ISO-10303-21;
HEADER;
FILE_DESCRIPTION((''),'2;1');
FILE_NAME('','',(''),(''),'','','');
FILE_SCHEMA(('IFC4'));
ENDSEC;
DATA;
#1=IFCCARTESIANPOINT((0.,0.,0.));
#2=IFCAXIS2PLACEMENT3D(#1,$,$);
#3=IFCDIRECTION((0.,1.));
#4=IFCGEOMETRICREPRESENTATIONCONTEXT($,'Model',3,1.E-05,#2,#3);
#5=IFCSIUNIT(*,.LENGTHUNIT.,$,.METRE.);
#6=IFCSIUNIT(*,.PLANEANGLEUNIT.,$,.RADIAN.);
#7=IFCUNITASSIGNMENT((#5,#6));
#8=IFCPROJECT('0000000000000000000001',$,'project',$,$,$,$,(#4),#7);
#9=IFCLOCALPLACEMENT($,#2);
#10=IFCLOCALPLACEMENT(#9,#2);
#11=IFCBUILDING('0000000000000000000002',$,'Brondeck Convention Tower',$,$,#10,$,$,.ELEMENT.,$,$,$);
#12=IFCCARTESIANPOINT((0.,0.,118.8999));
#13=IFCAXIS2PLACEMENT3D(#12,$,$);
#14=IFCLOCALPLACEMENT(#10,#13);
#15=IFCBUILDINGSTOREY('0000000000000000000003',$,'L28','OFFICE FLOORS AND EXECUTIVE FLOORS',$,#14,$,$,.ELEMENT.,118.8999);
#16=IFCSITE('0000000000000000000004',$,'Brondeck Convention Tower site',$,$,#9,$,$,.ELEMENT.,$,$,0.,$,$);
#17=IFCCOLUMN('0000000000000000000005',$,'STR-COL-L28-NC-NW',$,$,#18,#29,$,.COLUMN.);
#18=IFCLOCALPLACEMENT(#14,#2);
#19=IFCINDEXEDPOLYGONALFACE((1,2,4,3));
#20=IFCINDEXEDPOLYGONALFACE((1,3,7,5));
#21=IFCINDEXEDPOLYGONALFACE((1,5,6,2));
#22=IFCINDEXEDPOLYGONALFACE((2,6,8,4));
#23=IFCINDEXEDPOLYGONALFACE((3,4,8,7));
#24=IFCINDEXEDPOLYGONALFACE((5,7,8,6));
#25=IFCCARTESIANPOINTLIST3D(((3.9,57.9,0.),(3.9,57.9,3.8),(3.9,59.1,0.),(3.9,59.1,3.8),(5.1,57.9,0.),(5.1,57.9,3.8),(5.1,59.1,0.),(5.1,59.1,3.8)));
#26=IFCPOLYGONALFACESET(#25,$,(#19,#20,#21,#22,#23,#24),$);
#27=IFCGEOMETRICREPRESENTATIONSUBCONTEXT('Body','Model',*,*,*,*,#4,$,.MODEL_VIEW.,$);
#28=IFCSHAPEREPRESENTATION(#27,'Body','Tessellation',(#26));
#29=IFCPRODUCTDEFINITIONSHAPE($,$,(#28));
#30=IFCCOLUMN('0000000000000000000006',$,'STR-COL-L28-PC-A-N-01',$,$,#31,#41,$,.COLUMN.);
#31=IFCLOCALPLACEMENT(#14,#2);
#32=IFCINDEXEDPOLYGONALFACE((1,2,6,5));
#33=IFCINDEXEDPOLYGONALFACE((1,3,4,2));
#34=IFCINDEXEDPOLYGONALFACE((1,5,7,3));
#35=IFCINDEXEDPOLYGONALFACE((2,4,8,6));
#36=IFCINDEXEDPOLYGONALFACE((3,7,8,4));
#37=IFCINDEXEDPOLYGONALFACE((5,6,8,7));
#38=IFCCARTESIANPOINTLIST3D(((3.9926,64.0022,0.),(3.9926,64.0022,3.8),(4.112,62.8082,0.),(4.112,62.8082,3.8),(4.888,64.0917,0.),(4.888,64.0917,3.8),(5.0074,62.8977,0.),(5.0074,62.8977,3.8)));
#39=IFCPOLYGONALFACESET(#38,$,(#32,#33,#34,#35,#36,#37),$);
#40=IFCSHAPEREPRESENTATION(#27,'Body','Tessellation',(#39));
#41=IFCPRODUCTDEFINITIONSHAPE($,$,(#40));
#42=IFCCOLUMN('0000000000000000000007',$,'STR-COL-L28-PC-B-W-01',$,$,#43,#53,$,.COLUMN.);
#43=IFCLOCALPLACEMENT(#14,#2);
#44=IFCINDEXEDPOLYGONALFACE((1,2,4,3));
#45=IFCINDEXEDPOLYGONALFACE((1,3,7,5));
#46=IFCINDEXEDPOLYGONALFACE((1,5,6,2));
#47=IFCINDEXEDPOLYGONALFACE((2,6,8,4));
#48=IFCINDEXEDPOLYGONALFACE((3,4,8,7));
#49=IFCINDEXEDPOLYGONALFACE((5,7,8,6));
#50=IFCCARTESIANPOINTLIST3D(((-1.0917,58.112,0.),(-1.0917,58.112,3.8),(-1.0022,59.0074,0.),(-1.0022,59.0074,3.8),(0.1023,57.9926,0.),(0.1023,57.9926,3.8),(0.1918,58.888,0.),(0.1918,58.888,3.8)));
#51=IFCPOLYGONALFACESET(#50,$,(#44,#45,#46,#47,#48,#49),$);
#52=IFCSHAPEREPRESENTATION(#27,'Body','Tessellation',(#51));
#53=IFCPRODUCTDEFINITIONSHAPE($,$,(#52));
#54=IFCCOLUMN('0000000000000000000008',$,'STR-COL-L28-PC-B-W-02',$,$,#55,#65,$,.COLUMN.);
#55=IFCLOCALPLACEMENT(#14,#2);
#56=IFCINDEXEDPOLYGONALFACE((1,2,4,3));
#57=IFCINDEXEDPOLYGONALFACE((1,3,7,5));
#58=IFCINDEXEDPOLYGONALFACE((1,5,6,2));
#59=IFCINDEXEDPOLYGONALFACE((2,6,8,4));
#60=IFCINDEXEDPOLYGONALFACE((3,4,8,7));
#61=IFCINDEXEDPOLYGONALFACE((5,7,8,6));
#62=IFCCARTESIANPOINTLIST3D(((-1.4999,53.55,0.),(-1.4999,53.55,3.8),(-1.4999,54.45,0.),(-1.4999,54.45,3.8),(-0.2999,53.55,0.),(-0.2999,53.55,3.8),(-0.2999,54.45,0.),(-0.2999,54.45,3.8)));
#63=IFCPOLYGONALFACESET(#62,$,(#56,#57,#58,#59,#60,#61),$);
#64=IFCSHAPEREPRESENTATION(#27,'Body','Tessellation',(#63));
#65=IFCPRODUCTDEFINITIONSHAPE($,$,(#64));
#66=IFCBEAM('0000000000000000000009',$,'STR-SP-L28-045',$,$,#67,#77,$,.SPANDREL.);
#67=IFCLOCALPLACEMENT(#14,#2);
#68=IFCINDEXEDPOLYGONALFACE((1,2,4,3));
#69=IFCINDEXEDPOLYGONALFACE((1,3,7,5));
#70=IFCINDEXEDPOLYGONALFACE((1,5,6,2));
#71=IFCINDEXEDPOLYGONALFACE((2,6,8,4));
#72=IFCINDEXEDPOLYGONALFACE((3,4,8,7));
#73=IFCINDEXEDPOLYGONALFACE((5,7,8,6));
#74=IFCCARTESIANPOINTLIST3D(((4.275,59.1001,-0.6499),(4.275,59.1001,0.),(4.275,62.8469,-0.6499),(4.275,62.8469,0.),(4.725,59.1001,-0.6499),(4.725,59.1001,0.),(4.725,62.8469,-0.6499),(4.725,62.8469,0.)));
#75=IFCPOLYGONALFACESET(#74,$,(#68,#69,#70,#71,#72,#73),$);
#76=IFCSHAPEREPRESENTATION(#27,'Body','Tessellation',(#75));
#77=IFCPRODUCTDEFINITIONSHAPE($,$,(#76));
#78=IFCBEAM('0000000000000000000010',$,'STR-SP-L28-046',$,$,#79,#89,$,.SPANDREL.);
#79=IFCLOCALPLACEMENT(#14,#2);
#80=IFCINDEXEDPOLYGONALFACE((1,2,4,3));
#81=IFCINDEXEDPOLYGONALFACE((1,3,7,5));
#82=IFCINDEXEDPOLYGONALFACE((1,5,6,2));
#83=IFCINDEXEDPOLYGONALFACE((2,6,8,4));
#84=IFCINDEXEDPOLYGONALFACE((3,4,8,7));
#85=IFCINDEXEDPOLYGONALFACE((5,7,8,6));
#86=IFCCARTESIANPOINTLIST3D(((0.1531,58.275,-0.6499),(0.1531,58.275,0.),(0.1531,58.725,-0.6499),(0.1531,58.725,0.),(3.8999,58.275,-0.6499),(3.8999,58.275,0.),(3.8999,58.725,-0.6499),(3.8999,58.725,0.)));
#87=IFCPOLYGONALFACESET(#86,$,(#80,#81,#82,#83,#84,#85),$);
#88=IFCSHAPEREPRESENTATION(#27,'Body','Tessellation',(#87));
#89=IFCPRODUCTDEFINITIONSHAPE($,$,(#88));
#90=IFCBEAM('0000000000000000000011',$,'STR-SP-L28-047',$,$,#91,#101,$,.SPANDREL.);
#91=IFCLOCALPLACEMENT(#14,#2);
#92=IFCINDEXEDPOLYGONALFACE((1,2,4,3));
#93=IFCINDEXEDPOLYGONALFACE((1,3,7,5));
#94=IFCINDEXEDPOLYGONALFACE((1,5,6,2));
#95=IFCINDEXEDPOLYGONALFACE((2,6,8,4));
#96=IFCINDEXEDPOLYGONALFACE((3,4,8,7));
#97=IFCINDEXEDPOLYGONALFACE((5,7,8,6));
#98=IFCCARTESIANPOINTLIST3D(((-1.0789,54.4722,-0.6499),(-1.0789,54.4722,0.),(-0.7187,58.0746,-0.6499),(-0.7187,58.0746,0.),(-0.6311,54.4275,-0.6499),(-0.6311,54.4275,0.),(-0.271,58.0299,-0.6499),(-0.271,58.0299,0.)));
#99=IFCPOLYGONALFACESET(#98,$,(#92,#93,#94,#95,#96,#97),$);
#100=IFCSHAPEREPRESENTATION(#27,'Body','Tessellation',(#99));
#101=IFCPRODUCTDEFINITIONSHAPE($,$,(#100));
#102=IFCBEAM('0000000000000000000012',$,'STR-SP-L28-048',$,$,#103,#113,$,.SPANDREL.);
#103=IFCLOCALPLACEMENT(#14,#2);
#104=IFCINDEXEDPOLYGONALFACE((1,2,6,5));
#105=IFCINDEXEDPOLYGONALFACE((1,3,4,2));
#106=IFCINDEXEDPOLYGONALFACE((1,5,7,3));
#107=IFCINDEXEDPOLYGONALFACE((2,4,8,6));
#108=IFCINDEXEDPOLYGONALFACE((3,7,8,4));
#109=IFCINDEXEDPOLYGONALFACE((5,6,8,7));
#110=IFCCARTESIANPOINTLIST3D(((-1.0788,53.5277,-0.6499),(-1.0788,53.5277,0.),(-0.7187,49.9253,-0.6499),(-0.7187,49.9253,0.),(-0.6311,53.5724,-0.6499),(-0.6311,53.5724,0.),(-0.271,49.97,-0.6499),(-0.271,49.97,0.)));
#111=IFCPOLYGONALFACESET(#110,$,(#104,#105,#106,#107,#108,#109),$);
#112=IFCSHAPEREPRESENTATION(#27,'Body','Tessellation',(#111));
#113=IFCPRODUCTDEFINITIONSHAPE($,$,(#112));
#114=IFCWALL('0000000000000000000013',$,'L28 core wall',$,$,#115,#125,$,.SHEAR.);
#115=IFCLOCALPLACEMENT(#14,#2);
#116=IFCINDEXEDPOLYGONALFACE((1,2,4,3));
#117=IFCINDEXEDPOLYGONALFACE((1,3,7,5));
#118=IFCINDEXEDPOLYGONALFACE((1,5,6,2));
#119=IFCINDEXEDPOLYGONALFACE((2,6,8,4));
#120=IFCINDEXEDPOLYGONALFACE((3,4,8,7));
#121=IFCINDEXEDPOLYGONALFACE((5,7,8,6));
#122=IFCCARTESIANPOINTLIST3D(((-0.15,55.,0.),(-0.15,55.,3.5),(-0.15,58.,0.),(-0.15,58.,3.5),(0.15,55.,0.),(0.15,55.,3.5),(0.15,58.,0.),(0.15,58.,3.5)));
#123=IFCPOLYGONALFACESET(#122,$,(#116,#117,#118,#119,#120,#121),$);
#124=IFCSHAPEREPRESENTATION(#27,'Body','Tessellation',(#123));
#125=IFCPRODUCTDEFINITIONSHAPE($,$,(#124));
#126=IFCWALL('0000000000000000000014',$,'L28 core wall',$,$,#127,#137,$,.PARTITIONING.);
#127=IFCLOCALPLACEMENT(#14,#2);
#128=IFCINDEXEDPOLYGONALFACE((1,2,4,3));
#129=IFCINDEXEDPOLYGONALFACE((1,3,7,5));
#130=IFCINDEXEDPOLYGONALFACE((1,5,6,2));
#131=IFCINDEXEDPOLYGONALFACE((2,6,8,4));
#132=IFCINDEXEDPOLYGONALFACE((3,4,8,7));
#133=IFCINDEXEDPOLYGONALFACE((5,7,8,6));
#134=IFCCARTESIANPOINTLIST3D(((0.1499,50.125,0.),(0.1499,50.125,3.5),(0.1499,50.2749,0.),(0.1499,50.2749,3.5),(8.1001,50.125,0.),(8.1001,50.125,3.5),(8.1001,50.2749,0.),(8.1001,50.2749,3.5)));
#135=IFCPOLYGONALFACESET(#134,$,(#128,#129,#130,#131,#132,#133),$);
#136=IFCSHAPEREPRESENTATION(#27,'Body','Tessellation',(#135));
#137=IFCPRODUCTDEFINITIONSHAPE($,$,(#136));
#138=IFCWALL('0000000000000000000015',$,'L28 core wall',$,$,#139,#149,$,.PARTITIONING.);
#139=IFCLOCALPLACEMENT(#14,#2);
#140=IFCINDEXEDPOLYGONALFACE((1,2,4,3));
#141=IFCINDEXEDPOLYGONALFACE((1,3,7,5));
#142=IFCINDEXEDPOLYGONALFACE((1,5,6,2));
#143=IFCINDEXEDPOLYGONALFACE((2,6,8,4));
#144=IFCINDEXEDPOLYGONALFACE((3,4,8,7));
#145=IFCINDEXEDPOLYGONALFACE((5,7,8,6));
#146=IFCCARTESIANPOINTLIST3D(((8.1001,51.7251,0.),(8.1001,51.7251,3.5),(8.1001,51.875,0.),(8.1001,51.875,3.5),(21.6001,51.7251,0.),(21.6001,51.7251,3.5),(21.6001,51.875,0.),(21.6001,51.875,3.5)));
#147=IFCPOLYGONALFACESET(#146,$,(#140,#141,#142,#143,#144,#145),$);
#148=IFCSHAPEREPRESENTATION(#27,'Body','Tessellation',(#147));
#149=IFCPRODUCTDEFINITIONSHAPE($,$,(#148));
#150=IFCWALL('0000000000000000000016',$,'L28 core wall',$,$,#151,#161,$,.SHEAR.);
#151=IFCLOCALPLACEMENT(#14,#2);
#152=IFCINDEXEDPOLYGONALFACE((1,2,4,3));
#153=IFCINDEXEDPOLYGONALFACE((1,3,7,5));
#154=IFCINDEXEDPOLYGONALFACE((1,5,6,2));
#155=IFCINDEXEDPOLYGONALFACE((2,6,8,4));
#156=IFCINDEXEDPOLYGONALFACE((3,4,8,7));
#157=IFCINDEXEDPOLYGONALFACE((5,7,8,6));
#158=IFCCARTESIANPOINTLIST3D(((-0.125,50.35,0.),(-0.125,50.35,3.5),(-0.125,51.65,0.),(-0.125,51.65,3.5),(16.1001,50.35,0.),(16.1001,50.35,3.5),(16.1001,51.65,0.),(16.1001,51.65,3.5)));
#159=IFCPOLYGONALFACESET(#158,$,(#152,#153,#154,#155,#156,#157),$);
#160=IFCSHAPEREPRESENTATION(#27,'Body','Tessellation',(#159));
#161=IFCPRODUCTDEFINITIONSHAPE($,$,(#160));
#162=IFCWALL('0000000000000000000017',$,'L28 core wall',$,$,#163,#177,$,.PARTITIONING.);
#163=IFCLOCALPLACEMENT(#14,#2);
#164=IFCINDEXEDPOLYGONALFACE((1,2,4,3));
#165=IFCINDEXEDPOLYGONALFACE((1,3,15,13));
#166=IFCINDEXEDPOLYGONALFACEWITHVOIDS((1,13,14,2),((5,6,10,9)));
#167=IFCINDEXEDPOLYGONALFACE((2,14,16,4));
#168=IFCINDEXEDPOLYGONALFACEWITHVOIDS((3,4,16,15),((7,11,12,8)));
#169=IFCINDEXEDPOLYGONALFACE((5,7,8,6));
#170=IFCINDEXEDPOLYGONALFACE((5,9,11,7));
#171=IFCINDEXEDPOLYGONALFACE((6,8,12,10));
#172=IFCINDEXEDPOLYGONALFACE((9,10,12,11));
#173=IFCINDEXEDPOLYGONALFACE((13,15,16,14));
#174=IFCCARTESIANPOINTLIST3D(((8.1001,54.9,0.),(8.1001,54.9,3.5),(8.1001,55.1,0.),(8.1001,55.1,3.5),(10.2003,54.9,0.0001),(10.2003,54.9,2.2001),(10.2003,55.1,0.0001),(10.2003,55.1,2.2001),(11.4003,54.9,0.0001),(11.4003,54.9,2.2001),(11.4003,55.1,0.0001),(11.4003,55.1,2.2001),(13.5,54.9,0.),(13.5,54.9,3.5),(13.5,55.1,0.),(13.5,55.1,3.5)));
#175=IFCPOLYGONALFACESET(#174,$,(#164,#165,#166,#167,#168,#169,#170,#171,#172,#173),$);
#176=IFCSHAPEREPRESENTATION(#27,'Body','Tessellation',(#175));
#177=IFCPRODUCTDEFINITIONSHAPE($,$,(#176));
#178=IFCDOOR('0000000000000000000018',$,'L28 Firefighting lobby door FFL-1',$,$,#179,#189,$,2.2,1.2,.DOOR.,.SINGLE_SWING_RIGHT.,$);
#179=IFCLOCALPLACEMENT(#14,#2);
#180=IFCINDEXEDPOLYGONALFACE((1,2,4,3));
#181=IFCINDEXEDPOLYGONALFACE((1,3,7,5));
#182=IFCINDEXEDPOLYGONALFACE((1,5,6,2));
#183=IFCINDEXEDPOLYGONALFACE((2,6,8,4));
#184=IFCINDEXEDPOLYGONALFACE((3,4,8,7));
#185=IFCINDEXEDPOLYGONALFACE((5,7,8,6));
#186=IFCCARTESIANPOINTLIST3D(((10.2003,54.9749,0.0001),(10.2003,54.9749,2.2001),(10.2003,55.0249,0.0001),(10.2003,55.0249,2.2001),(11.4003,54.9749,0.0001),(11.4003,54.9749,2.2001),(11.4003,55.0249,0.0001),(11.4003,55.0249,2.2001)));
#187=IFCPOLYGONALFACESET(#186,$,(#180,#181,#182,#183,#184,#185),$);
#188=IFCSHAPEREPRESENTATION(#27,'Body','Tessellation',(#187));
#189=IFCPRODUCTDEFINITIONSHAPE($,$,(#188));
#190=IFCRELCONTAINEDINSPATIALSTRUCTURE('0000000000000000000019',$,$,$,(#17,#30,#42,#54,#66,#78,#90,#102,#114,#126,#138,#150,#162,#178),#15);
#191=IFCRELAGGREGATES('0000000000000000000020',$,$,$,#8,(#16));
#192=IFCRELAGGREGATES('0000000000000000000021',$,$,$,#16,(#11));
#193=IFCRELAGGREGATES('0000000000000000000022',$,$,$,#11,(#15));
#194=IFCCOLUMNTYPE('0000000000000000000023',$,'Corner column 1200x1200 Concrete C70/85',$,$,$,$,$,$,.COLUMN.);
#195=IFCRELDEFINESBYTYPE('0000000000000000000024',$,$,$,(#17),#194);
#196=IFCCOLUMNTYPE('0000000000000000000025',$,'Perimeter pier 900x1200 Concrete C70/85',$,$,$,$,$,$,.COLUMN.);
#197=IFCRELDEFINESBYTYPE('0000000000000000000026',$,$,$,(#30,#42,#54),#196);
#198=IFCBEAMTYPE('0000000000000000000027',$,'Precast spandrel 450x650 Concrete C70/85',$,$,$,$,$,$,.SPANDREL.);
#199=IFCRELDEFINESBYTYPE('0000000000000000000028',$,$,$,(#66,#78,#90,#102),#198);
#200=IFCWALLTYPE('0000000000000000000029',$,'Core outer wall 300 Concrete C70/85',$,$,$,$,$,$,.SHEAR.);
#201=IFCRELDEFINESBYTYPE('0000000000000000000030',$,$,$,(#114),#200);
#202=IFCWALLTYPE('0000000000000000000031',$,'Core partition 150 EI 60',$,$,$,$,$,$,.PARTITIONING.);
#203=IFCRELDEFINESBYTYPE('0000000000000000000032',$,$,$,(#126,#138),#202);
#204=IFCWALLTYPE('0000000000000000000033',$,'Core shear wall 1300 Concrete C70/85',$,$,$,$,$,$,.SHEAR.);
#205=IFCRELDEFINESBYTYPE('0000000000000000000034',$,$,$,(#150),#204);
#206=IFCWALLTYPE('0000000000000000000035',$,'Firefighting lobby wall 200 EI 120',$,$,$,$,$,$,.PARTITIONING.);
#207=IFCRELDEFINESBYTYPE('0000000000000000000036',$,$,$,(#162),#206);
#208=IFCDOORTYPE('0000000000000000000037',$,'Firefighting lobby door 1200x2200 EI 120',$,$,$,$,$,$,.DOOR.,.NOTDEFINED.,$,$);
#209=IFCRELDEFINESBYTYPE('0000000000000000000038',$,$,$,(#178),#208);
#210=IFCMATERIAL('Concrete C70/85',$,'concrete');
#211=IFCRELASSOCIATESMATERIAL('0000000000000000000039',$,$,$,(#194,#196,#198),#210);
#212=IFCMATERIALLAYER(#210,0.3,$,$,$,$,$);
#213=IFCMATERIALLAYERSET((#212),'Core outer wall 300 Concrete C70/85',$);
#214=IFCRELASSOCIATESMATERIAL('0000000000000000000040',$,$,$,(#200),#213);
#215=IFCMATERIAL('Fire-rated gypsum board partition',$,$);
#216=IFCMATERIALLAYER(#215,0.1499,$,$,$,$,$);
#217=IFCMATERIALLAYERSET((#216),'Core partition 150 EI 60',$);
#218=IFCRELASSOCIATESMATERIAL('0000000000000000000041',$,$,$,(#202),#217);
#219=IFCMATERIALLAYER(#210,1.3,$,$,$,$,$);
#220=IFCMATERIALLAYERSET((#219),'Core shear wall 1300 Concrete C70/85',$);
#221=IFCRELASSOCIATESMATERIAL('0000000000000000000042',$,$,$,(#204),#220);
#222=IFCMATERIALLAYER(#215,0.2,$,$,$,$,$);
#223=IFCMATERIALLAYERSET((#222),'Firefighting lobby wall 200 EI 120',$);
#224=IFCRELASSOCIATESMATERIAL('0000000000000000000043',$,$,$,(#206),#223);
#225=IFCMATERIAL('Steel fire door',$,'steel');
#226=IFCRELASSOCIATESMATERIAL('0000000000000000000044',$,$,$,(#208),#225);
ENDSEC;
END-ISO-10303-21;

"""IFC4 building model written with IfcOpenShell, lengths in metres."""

from ifc_helpers import new_model, si_unit, direction, frame, frame_2d, origin, origin_2d, place, context, subcontext, project, spatial, rectangle, extrude, material, layer, layer_set, material_profile, profile_set, type_object, element, fill, save


model = new_model("IFC4")

# Units and contexts
model_context = context("Model", 3, precision=1e-05, world=origin(), true_north=direction((0.0, 1.0)))
body_context = subcontext(model_context, "Body", "Model", "MODEL_VIEW")
ifc_project = project(units=[si_unit("LENGTHUNIT", "METRE"), si_unit("PLANEANGLEUNIT", "RADIAN")], contexts=[model_context])

# Site, building, storey
site_placement = place(None, origin())
site = spatial("IfcSite", under=ifc_project, at=site_placement, Name="Brondeck Convention Tower site", CompositionType="ELEMENT", RefElevation=0.0)
building_placement = place(site_placement, origin())
building = spatial("IfcBuilding", under=site, at=building_placement, Name="Brondeck Convention Tower", CompositionType="ELEMENT")
storey_placement = place(building_placement, frame((0.0, 0.0, 118.8999)))
storey = spatial("IfcBuildingStorey", under=building, at=storey_placement, Name="L28", Description="OFFICE FLOORS AND EXECUTIVE FLOORS", CompositionType="ELEMENT", Elevation=118.8999)

# Columns
ifc_material_1 = material(Name="Concrete C70/85", Category="concrete")
ifc_material_profile_1 = material_profile(ifc_material_1, rectangle(XDim=1.2, YDim=1.2, at=origin_2d()), Name="Corner column 1200x1200 Concrete C70/85")
ifc_profile_set_1 = profile_set([ifc_material_profile_1], Name="Concrete C70/85")
column_type_1 = type_object("IfcColumnType", Name="Corner column 1200x1200 Concrete C70/85", PredefinedType="COLUMN", material=ifc_profile_set_1)
column_placement = place(storey_placement, frame((4.5, 58.5, 0.0), z_axis=(0.0, 0.0, 1.0), x_axis=(1.0, 0.0, 0.0)))
element("IfcColumn", 1, at=column_placement, inside=storey, type_object=column_type_1, Name="STR-COL-L28-NC-NW", PredefinedType="COLUMN", context=body_context, shape_type="SweptSolid", body=[
    extrude(rectangle(XDim=1.2, YDim=1.2, at=origin_2d()), origin(), (0.0, 0.0, 1.0), 3.8),
])
ifc_material_profile_2 = material_profile(ifc_material_1, rectangle(XDim=0.8999, YDim=1.2, at=origin_2d()), Name="Perimeter pier 900x1200 Concrete C70/85")
ifc_profile_set_2 = profile_set([ifc_material_profile_2], Name="Concrete C70/85")
column_type_2 = type_object("IfcColumnType", Name="Perimeter pier 900x1200 Concrete C70/85", PredefinedType="COLUMN", material=ifc_profile_set_2)
for number, where, z_axis, x_axis, name in (
    (2, (4.5, 63.45, 0.0), (0.0, 0.0, 1.0), (-0.995037, -0.099504, 0.0), "STR-COL-L28-PC-A-N-01"),
    (3, (-0.45, 58.5, 0.0), (0.0, 0.0, 1.0), (-0.099504, -0.995037, 0.0), "STR-COL-L28-PC-B-W-01"),
    (4, (-0.8999, 54.0, 0.0), (0.0, 0.0, 1.0), (0.0, -1.0, 0.0), "STR-COL-L28-PC-B-W-02"),
):
    element("IfcColumn", number, at=place(storey_placement, frame(where, z_axis=z_axis, x_axis=x_axis)), inside=storey, type_object=column_type_2, Name=name, PredefinedType="COLUMN", context=body_context, shape_type="SweptSolid", body=[
        extrude(rectangle(XDim=0.8999, YDim=1.2, at=origin_2d()), origin(), (0.0, 0.0, 1.0), 3.8),
    ])

# Beams
ifc_material_profile_3 = material_profile(ifc_material_1, rectangle(XDim=0.45, YDim=0.6499, at=origin_2d()), Name="Precast spandrel 450x650 Concrete C70/85")
ifc_profile_set_3 = profile_set([ifc_material_profile_3], Name="Concrete C70/85")
beam_type = type_object("IfcBeamType", Name="Precast spandrel 450x650 Concrete C70/85", PredefinedType="SPANDREL", material=ifc_profile_set_3)
for number, where, z_axis, x_axis, name in (
    (5, (4.5, 62.8469, -0.325), (0.0, -1.0, 0.0), (1.0, 0.0, 0.0), "STR-SP-L28-045"),
    (6, (3.8999, 58.5, -0.325), (-1.0, 0.0, 0.0), (0.0, -1.0, 0.0), "STR-SP-L28-046"),
):
    element("IfcBeam", number, at=place(storey_placement, frame(where, z_axis=z_axis, x_axis=x_axis)), inside=storey, type_object=beam_type, Name=name, PredefinedType="SPANDREL", context=body_context, shape_type="SweptSolid", body=[
        extrude(rectangle(XDim=0.45, YDim=0.6499, at=origin_2d()), origin(), (0.0, 0.0, 1.0), 3.7468),
    ])
for number, where, z_axis, x_axis, name in (
    (7, (-0.4949, 58.0522, -0.325), (-0.09947, -0.995041, 0.0), (0.995041, -0.09947, 0.0), "STR-SP-L28-047"),
    (8, (-0.855, 53.55, -0.325), (0.09947, -0.995041, 0.0), (0.995041, 0.09947, 0.0), "STR-SP-L28-048"),
):
    element("IfcBeam", number, at=place(storey_placement, frame(where, z_axis=z_axis, x_axis=x_axis)), inside=storey, type_object=beam_type, Name=name, PredefinedType="SPANDREL", context=body_context, shape_type="SweptSolid", body=[
        extrude(rectangle(XDim=0.45, YDim=0.6499, at=origin_2d()), origin(), (0.0, 0.0, 1.0), 3.6204),
    ])

# Walls
ifc_layer_1 = layer(ifc_material_1, 0.3)
ifc_layer_set_1 = layer_set([ifc_layer_1], Name="Core outer wall 300 Concrete C70/85")
wall_type_1 = type_object("IfcWallType", Name="Core outer wall 300 Concrete C70/85", PredefinedType="SHEAR", material=ifc_layer_set_1)
wall_1_placement = place(storey_placement, frame((0.0, 55.0, 0.0), z_axis=(0.0, 0.0, 1.0), x_axis=(0.0, 1.0, 0.0)))
element("IfcWall", 9, at=wall_1_placement, inside=storey, type_object=wall_type_1, Name="L28 core wall", PredefinedType="SHEAR", context=body_context, shape_type="SweptSolid", body=[
    extrude(rectangle(XDim=3.0, YDim=0.3, at=frame_2d((1.5, 0.0))), origin(), (0.0, 0.0, 1.0), 3.5),
])
ifc_material_2 = material(Name="Fire-rated gypsum board partition")
ifc_layer_2 = layer(ifc_material_2, 0.1499)
ifc_layer_set_2 = layer_set([ifc_layer_2], Name="Core partition 150 EI 60")
wall_type_2 = type_object("IfcWallType", Name="Core partition 150 EI 60", PredefinedType="PARTITIONING", material=ifc_layer_set_2)
wall_2_placement = place(storey_placement, frame((0.1499, 50.2, 0.0), z_axis=(0.0, 0.0, 1.0), x_axis=(1.0, 0.0, 0.0)))
element("IfcWall", 10, at=wall_2_placement, inside=storey, type_object=wall_type_2, Name="L28 core wall", PredefinedType="PARTITIONING", context=body_context, shape_type="SweptSolid", body=[
    extrude(rectangle(XDim=7.9502, YDim=0.1499, at=frame_2d((3.9751, 0.0))), origin(), (0.0, 0.0, 1.0), 3.5),
])
wall_3_placement = place(storey_placement, frame((8.1001, 51.8, 0.0), z_axis=(0.0, 0.0, 1.0), x_axis=(1.0, 0.0, 0.0)))
element("IfcWall", 11, at=wall_3_placement, inside=storey, type_object=wall_type_2, Name="L28 core wall", PredefinedType="PARTITIONING", context=body_context, shape_type="SweptSolid", body=[
    extrude(rectangle(XDim=13.5, YDim=0.1499, at=frame_2d((6.75, 0.0))), origin(), (0.0, 0.0, 1.0), 3.5),
])
ifc_layer_3 = layer(ifc_material_1, 1.3)
ifc_layer_set_3 = layer_set([ifc_layer_3], Name="Core shear wall 1300 Concrete C70/85")
wall_type_3 = type_object("IfcWallType", Name="Core shear wall 1300 Concrete C70/85", PredefinedType="SHEAR", material=ifc_layer_set_3)
wall_4_placement = place(storey_placement, frame((-0.125, 51.0, 0.0), z_axis=(0.0, 0.0, 1.0), x_axis=(1.0, 0.0, 0.0)))
element("IfcWall", 12, at=wall_4_placement, inside=storey, type_object=wall_type_3, Name="L28 core wall", PredefinedType="SHEAR", context=body_context, shape_type="SweptSolid", body=[
    extrude(rectangle(XDim=16.2251, YDim=1.3, at=frame_2d((8.1125, 0.0))), origin(), (0.0, 0.0, 1.0), 3.5),
])

# Wall, opening, door
ifc_layer_4 = layer(ifc_material_2, 0.2)
ifc_layer_set_4 = layer_set([ifc_layer_4], Name="Firefighting lobby wall 200 EI 120")
wall_type_4 = type_object("IfcWallType", Name="Firefighting lobby wall 200 EI 120", PredefinedType="PARTITIONING", material=ifc_layer_set_4)
wall_5_placement = place(storey_placement, frame((8.1001, 55.0, 0.0), z_axis=(0.0, 0.0, 1.0), x_axis=(1.0, 0.0, 0.0)))
wall_5 = element("IfcWall", 13, at=wall_5_placement, inside=storey, type_object=wall_type_4, Name="L28 core wall", PredefinedType="PARTITIONING", context=body_context, shape_type="SweptSolid", body=[
    extrude(rectangle(XDim=5.3999, YDim=0.2, at=frame_2d((2.7, 0.0))), origin(), (0.0, 0.0, 1.0), 3.5),
])
opening_1_placement = place(wall_5_placement, frame((2.1001, 0.0, 0.0)))
opening_1 = element("IfcOpeningElement", 14, at=opening_1_placement, cuts=wall_5, PredefinedType="OPENING", context=body_context, shape_type="SweptSolid", body=[
    extrude(rectangle(XDim=1.2, YDim=2.2, at=frame_2d((0.6001, 1.1001))), frame((0.0, 0.1099, 0.0), z_axis=(0.0, -1.0, 0.0), x_axis=(1.0, 0.0, 0.0)), (0.0, 0.0, 1.0), 0.22),
])
ifc_material_3 = material(Name="Steel fire door", Category="steel")
door_type_1 = type_object("IfcDoorType", Name="Firefighting lobby door 1200x2200 EI 120", OperationType="NOTDEFINED", PredefinedType="DOOR", material=ifc_material_3)
door_1_placement = place(opening_1_placement, origin())
door_1 = element("IfcDoor", 15, at=door_1_placement, inside=storey, type_object=door_type_1, Name="L28 Firefighting lobby door FFL-1", OperationType="SINGLE_SWING_RIGHT", OverallHeight=2.2, OverallWidth=1.2, PredefinedType="DOOR", context=body_context, shape_type="SweptSolid", body=[
    extrude(rectangle(XDim=1.2, YDim=2.2, at=frame_2d((0.6001, 1.1001))), frame((0.0, 0.0249, 0.0), z_axis=(0.0, -1.0, 0.0), x_axis=(1.0, 0.0, 0.0)), (0.0, 0.0, 1.0), 0.05),
])
fill(opening_1, door_1)

save(model, "model.ifc")
